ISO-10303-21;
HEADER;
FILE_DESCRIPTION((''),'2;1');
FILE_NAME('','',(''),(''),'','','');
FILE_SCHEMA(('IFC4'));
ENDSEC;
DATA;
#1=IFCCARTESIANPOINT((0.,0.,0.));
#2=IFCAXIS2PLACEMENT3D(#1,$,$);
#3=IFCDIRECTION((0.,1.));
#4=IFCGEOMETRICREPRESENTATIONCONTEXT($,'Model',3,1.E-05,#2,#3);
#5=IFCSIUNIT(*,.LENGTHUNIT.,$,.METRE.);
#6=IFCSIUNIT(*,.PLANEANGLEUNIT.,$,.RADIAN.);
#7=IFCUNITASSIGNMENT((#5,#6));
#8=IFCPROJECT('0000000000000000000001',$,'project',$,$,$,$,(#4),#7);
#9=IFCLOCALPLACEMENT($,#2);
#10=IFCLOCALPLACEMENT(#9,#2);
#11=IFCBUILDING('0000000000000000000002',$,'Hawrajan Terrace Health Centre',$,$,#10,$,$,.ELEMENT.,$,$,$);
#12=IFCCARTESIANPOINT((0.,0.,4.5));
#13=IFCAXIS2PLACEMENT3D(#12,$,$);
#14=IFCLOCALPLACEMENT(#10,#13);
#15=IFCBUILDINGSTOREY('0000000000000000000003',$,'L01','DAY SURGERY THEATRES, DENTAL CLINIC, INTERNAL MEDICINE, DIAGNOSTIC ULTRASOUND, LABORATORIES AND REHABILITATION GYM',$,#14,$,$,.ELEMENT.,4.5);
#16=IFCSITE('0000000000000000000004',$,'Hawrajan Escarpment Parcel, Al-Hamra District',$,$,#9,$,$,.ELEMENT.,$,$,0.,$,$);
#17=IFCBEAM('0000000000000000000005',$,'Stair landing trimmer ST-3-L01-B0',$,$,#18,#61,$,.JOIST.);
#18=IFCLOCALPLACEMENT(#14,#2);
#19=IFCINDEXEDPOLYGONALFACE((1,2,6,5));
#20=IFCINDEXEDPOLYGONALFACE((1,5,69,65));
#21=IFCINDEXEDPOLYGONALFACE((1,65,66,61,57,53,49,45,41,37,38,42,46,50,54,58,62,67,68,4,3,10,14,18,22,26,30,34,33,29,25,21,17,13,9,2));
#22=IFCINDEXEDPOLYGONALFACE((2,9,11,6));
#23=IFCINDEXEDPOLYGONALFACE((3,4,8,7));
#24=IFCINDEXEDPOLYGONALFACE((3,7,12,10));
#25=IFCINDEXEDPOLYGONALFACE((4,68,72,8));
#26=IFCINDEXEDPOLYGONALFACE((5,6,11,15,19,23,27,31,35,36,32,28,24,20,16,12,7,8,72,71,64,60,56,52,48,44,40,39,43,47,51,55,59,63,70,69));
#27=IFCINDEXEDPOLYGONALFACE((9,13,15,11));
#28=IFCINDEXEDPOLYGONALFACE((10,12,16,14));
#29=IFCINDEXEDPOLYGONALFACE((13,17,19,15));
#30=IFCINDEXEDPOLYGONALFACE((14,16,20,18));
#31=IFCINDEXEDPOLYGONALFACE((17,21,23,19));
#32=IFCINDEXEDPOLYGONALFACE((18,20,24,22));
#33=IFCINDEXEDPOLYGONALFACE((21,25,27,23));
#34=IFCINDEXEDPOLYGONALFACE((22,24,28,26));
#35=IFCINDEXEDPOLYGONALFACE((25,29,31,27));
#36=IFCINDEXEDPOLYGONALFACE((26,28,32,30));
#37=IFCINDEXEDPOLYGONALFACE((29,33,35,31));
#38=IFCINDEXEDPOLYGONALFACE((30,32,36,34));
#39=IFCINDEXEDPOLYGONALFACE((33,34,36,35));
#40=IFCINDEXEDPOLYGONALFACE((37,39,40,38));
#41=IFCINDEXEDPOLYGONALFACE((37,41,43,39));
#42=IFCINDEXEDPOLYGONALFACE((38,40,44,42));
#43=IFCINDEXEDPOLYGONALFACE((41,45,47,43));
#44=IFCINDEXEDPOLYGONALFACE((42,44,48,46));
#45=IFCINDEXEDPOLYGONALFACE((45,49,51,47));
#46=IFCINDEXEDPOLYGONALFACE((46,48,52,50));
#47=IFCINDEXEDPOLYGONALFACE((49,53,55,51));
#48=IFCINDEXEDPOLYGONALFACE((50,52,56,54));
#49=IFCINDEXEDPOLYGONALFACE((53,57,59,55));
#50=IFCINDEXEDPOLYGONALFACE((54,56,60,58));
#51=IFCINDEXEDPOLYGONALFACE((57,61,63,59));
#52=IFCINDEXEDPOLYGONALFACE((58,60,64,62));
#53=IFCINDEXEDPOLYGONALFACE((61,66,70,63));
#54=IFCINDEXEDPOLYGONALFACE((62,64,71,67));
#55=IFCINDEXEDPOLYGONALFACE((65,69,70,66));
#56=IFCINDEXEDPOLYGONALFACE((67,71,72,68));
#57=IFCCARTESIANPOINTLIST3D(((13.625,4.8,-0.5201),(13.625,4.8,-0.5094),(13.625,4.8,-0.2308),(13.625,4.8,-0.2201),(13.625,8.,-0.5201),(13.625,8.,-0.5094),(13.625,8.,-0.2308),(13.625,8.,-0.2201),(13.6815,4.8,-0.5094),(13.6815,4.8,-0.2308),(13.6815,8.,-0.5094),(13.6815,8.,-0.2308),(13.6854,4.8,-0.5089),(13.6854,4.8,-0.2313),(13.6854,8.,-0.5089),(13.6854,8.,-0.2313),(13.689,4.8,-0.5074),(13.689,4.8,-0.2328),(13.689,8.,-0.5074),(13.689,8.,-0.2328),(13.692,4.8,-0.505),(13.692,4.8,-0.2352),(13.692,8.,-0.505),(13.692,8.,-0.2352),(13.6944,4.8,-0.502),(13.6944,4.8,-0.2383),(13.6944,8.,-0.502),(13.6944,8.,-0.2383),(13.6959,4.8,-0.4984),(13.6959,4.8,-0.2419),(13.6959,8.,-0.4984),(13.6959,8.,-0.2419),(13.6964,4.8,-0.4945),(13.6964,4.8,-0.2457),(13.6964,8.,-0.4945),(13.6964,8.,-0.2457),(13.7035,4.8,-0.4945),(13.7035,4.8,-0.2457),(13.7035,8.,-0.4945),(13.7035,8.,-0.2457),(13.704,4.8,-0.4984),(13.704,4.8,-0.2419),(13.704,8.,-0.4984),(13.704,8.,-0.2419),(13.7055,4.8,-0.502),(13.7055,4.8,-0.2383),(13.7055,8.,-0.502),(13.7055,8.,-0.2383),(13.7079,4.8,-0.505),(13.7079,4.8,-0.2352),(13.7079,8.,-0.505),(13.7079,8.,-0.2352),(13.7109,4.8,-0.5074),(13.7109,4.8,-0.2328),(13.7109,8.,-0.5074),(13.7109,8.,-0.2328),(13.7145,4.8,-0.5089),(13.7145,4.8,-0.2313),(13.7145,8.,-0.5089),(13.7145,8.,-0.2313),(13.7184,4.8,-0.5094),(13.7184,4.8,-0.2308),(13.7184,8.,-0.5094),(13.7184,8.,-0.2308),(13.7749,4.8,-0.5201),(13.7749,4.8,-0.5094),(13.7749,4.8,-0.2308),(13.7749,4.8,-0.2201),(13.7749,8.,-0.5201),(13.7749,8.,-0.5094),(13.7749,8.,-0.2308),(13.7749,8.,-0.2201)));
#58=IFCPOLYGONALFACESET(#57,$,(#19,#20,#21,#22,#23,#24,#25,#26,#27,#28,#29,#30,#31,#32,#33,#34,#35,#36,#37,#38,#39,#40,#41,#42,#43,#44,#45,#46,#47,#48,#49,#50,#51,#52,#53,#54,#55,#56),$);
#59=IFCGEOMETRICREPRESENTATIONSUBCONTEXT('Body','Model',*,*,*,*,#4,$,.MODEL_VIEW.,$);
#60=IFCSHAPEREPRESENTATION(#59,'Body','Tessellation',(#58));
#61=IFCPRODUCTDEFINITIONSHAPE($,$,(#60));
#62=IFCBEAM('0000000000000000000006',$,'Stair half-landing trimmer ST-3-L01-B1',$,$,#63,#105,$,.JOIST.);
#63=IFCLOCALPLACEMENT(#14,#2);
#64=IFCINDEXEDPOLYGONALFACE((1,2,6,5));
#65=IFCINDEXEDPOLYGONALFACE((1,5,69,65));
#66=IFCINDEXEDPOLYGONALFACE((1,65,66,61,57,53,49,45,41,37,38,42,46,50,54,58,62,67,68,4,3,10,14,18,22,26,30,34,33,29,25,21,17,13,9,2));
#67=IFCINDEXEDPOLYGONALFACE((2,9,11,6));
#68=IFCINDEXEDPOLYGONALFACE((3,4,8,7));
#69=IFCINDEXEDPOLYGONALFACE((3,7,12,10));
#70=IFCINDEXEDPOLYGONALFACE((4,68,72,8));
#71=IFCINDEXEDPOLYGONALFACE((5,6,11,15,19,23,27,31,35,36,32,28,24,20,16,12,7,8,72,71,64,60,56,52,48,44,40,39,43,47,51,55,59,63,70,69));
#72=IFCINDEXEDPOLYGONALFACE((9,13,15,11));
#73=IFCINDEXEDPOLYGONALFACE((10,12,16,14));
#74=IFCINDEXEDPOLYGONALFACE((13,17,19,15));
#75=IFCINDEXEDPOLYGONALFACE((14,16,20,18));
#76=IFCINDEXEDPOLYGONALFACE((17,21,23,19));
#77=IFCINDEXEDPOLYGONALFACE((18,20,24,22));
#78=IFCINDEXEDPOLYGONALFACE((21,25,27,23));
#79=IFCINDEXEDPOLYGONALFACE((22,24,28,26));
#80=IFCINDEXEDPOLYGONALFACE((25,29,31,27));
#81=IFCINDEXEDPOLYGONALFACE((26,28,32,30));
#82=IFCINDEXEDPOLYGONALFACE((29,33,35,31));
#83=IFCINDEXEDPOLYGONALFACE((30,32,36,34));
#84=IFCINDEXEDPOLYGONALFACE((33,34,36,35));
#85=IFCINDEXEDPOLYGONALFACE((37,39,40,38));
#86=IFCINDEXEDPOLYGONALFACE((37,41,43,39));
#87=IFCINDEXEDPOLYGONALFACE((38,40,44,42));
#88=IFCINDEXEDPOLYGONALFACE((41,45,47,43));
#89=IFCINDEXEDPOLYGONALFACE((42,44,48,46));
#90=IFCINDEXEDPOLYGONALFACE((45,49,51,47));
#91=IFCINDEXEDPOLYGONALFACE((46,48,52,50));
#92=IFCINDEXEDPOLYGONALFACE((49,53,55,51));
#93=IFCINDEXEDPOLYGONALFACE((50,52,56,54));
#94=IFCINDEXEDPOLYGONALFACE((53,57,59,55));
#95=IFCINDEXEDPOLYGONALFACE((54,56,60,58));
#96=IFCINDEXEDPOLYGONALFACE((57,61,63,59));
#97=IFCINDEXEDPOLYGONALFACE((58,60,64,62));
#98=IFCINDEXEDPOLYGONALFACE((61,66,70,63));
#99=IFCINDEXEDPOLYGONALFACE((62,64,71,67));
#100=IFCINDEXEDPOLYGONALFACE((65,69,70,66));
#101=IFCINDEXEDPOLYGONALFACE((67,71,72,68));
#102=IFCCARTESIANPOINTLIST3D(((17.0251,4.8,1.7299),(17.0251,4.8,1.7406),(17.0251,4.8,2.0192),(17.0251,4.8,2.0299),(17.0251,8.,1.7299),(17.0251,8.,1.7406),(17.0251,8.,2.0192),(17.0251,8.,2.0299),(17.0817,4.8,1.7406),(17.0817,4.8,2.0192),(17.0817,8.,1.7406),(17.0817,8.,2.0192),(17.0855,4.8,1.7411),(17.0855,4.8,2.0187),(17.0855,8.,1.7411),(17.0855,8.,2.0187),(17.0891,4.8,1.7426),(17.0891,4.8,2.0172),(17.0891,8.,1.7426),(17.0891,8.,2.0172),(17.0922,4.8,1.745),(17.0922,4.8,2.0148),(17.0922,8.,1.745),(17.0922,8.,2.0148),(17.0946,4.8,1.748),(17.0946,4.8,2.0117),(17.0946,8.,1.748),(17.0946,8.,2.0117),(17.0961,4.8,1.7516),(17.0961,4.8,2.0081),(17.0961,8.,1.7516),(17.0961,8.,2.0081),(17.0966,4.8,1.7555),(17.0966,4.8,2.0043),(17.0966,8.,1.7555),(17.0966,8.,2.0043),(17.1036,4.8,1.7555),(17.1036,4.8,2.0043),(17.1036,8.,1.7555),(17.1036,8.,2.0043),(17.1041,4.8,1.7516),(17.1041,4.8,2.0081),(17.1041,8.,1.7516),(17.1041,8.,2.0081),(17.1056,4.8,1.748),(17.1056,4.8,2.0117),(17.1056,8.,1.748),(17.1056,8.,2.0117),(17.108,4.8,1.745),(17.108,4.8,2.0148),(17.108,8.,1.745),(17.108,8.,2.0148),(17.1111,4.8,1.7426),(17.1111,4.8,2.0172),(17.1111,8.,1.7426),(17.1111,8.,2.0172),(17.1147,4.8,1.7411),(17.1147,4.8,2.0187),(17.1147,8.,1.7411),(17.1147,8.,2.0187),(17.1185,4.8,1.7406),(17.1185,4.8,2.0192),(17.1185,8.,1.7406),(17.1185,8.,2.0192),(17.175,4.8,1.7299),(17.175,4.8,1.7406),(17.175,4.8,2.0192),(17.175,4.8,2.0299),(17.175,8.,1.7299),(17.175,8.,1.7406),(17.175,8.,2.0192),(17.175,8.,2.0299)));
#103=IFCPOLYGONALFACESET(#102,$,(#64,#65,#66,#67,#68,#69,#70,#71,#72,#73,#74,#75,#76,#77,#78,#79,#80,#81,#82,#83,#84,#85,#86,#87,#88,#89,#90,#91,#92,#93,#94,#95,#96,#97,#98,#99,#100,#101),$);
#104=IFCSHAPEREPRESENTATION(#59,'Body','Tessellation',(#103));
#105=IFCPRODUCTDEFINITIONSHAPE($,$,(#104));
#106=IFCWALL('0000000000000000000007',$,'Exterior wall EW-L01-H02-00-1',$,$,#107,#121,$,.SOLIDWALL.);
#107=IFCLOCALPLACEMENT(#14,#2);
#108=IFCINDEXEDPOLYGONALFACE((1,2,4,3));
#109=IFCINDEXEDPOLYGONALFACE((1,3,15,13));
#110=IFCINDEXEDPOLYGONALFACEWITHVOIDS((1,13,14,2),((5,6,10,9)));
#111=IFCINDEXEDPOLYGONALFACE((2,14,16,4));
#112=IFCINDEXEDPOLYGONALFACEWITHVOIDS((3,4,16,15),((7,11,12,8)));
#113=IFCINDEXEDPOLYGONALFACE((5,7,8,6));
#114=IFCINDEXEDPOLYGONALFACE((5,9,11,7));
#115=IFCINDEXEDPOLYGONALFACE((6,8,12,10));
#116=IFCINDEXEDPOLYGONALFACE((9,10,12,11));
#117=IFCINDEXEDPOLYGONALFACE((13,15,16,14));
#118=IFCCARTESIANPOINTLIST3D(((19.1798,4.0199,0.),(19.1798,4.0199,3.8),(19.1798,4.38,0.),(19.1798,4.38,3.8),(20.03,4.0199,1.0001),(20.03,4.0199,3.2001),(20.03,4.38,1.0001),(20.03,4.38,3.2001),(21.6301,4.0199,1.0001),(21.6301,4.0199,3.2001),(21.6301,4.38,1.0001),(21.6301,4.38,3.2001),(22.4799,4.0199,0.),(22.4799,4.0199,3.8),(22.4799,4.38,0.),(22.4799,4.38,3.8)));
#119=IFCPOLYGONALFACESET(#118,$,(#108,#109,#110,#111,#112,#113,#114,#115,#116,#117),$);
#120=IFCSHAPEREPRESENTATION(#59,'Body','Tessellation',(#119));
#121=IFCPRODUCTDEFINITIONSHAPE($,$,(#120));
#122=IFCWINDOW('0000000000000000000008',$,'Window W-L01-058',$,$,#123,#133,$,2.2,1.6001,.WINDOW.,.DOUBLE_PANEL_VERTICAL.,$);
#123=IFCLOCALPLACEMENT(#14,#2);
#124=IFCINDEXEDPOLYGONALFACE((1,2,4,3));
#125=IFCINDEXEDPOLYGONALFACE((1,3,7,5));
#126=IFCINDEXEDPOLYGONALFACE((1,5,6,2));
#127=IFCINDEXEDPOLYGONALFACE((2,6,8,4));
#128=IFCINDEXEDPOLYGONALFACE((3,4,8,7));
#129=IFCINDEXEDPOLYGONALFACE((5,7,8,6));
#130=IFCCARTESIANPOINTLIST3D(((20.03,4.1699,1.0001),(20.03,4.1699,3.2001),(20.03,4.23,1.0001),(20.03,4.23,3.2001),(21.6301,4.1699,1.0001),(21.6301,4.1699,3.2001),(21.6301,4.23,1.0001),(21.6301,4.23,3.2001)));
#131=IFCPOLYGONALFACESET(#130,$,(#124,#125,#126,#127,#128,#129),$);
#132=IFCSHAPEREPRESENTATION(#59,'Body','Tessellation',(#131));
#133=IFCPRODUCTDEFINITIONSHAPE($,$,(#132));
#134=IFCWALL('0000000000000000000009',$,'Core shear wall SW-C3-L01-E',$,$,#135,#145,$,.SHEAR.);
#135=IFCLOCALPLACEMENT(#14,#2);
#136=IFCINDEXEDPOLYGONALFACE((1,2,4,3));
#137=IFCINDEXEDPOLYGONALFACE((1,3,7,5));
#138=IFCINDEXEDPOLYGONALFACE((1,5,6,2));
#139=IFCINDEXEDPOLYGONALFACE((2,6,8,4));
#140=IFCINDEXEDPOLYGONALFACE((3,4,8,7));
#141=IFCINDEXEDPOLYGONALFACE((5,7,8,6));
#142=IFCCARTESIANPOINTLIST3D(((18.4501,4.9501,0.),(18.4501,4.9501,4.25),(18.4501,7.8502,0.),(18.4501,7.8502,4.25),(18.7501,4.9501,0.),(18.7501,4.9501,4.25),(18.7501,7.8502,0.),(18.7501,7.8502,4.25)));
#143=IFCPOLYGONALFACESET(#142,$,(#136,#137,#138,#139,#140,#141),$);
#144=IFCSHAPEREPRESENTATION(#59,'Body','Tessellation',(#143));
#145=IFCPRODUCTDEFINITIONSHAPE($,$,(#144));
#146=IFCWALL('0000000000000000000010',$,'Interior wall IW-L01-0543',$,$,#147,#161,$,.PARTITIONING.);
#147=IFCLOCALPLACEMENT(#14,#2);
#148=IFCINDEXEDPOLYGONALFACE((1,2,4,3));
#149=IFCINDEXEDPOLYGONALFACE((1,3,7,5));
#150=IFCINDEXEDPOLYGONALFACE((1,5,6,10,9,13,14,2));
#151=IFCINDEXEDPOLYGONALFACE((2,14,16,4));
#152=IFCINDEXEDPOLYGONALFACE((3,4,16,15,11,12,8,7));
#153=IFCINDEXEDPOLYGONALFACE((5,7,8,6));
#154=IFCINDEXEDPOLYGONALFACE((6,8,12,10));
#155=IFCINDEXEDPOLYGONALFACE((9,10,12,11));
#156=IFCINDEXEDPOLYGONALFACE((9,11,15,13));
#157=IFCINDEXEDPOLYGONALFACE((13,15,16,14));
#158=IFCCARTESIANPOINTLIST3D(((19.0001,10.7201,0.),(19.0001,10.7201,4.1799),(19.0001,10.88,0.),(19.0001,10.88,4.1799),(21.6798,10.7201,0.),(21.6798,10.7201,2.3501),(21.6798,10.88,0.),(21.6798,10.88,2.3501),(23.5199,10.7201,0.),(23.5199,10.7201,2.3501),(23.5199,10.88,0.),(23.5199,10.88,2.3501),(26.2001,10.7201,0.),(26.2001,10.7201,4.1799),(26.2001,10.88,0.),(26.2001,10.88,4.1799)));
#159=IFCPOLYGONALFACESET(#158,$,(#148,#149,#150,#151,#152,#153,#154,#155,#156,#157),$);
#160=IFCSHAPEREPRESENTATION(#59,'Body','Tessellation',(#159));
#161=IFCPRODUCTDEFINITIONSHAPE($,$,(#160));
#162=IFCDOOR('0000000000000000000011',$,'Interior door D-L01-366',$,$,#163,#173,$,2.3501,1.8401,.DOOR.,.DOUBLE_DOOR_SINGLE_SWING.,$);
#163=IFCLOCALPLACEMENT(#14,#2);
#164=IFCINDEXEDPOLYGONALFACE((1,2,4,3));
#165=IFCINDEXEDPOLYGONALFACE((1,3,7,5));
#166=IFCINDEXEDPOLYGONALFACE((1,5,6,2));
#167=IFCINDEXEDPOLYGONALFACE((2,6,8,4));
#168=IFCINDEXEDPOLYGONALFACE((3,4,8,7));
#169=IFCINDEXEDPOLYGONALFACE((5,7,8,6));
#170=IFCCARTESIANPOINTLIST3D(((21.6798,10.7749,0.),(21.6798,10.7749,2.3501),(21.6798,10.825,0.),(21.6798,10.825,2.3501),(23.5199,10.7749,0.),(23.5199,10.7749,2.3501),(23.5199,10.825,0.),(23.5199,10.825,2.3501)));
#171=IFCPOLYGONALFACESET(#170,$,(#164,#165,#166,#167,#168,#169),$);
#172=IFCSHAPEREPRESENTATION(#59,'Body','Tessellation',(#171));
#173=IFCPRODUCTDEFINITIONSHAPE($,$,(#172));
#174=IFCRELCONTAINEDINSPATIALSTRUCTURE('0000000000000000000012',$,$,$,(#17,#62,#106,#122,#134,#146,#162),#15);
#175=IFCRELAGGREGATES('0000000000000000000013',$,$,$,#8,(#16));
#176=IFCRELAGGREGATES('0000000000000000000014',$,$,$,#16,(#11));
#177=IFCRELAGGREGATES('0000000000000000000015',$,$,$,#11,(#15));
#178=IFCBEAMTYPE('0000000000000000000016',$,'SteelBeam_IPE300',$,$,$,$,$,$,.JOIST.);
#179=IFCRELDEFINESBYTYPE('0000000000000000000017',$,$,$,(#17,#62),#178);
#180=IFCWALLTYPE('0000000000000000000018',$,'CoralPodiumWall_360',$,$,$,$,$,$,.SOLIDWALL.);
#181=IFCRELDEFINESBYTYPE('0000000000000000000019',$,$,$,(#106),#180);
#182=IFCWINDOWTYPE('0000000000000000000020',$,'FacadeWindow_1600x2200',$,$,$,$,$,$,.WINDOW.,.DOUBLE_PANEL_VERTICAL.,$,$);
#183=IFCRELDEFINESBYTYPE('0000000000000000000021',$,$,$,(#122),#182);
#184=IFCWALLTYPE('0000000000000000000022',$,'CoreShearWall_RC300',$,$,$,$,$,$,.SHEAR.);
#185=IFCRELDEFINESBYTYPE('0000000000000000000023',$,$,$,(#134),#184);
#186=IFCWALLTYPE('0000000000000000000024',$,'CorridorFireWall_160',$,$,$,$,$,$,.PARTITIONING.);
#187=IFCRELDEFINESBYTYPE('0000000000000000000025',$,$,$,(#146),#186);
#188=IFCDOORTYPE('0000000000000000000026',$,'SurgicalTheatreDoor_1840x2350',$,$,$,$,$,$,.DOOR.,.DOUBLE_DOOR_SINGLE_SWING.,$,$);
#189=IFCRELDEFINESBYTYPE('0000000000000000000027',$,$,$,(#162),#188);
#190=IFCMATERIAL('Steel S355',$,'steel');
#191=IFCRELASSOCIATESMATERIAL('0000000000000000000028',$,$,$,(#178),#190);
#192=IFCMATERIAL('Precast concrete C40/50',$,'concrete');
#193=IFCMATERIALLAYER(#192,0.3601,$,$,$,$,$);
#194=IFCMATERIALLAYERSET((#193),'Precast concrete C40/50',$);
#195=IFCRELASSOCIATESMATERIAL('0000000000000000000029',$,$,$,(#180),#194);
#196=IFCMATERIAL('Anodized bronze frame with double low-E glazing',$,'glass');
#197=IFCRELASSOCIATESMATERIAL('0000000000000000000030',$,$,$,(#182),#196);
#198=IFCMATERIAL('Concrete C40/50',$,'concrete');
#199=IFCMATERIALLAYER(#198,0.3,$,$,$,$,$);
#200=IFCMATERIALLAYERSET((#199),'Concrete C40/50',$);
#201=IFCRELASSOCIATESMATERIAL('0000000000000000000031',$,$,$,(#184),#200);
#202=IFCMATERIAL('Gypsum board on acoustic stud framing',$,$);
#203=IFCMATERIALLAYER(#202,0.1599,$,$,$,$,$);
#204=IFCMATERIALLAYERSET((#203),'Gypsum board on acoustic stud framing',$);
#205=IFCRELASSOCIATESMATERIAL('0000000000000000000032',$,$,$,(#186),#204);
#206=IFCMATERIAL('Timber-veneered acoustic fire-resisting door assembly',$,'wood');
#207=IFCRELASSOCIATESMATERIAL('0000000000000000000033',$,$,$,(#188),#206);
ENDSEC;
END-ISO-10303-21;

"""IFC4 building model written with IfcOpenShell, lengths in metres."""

from ifc_helpers import new_model, si_unit, direction, frame, frame_2d, origin, origin_2d, place, context, subcontext, project, spatial, rectangle, i_section, extrude, material, layer, layer_set, material_profile, profile_set, type_object, element, fill, save


model = new_model("IFC4")

# Units and contexts
model_context = context("Model", 3, precision=1e-05, world=origin(), true_north=direction((0.0, 1.0)))
body_context = subcontext(model_context, "Body", "Model", "MODEL_VIEW")
ifc_project = project(units=[si_unit("LENGTHUNIT", "METRE"), si_unit("PLANEANGLEUNIT", "RADIAN")], contexts=[model_context])

# Site, building, storey
site_placement = place(None, origin())
site = spatial("IfcSite", under=ifc_project, at=site_placement, Name="Hawrajan Escarpment Parcel, Al-Hamra District", CompositionType="ELEMENT", RefElevation=0.0)
building_placement = place(site_placement, origin())
building = spatial("IfcBuilding", under=site, at=building_placement, Name="Hawrajan Terrace Health Centre", CompositionType="ELEMENT")
storey_placement = place(building_placement, frame((0.0, 0.0, 4.5)))
storey = spatial("IfcBuildingStorey", under=building, at=storey_placement, Name="L01", Description="DAY SURGERY THEATRES, DENTAL CLINIC, INTERNAL MEDICINE, DIAGNOSTIC ULTRASOUND, LABORATORIES AND REHABILITATION GYM", CompositionType="ELEMENT", Elevation=4.5)

# Beams
ifc_material_1 = material(Name="Concrete C40/50", Category="concrete")
ifc_material_2 = material(Name="Steel S355", Category="steel")
ifc_material_profile_1 = material_profile(ifc_material_2, i_section(OverallWidth=0.1499, OverallDepth=0.3, WebThickness=0.0071, FlangeThickness=0.0107, FilletRadius=0.0149, at=origin_2d()), Name="IPE 300")
ifc_profile_set_1 = profile_set([ifc_material_profile_1], Name="Steel S355")
beam_type_1 = type_object("IfcBeamType", Name="SteelBeam_IPE300", PredefinedType="JOIST", material=ifc_profile_set_1)
for number, where, z_axis, x_axis, name in (
    (1, (13.7, 4.8, -0.3701), (0.0, 1.0, 0.0), (-1.0, 0.0, 0.0), "Stair landing trimmer ST-3-L01-B0"),
    (2, (17.1001, 4.8, 1.8799), (0.0, 1.0, 0.0), (-1.0, 0.0, 0.0), "Stair half-landing trimmer ST-3-L01-B1"),
):
    element("IfcBeam", number, at=place(storey_placement, frame(where, z_axis=z_axis, x_axis=x_axis)), inside=storey, type_object=beam_type_1, Name=name, PredefinedType="JOIST", context=body_context, shape_type="SweptSolid", body=[
        extrude(i_section(OverallWidth=0.1499, OverallDepth=0.3, WebThickness=0.0071, FlangeThickness=0.0107, FilletRadius=0.0149, at=origin_2d()), origin(), (0.0, 0.0, 1.0), 3.2),
    ])

# Wall, opening, window
ifc_material_3 = material(Name="Precast concrete C40/50", Category="concrete")
ifc_layer_1 = layer(ifc_material_3, 0.3601)
ifc_layer_set_1 = layer_set([ifc_layer_1], Name="Precast concrete C40/50")
wall_type_1 = type_object("IfcWallType", Name="CoralPodiumWall_360", PredefinedType="SOLIDWALL", material=ifc_layer_set_1)
wall_1_placement = place(storey_placement, frame((19.1799, 4.2, 0.0), z_axis=(0.0, 0.0, 1.0), x_axis=(1.0, 0.0, 0.0)))
wall_1 = element("IfcWall", 3, at=wall_1_placement, inside=storey, type_object=wall_type_1, Name="Exterior wall EW-L01-H02-00-1", PredefinedType="SOLIDWALL", context=body_context, shape_type="SweptSolid", body=[
    extrude(rectangle(XDim=3.3, YDim=0.3601, at=frame_2d((1.6499, 0.0))), origin(), (0.0, 0.0, 1.0), 3.8),
])
opening_1_placement = place(wall_1_placement, frame((0.8501, 0.0, 1.0)))
opening_1 = element("IfcOpeningElement", 4, at=opening_1_placement, cuts=wall_1, PredefinedType="OPENING", context=body_context, shape_type="SweptSolid", body=[
    extrude(rectangle(XDim=1.6001, YDim=2.2, at=frame_2d((0.8, 1.1001))), frame((0.0, 0.1899, 0.0), z_axis=(0.0, -1.0, 0.0), x_axis=(1.0, 0.0, 0.0)), (0.0, 0.0, 1.0), 0.3801),
])
ifc_material_4 = material(Name="Anodized bronze frame with double low-E glazing", Category="glass")
window_type = type_object("IfcWindowType", Name="FacadeWindow_1600x2200", PartitioningType="DOUBLE_PANEL_VERTICAL", PredefinedType="WINDOW", material=ifc_material_4)
window_placement = place(opening_1_placement, origin())
window = element("IfcWindow", 5, at=window_placement, inside=storey, type_object=window_type, Name="Window W-L01-058", OverallHeight=2.2, OverallWidth=1.6001, PartitioningType="DOUBLE_PANEL_VERTICAL", PredefinedType="WINDOW", context=body_context, shape_type="SweptSolid", body=[
    extrude(rectangle(XDim=1.6001, YDim=2.2, at=frame_2d((0.8, 1.1001))), frame((0.0, 0.03, 0.0), z_axis=(0.0, -1.0, 0.0), x_axis=(1.0, 0.0, 0.0)), (0.0, 0.0, 1.0), 0.0601),
])
fill(opening_1, window)

# Wall
ifc_layer_2 = layer(ifc_material_1, 0.3)
ifc_layer_set_2 = layer_set([ifc_layer_2], Name="Concrete C40/50")
wall_type_2 = type_object("IfcWallType", Name="CoreShearWall_RC300", PredefinedType="SHEAR", material=ifc_layer_set_2)
wall_2_placement = place(storey_placement, frame((18.6001, 4.95, 0.0), z_axis=(0.0, 0.0, 1.0), x_axis=(0.0, 1.0, 0.0)))
element("IfcWall", 6, at=wall_2_placement, inside=storey, type_object=wall_type_2, Name="Core shear wall SW-C3-L01-E", PredefinedType="SHEAR", context=body_context, shape_type="SweptSolid", body=[
    extrude(rectangle(XDim=2.9001, YDim=0.3, at=frame_2d((1.4502, 0.0))), origin(), (0.0, 0.0, 1.0), 4.25),
])

# Wall, opening, door
ifc_material_5 = material(Name="Gypsum board on acoustic stud framing")
ifc_layer_3 = layer(ifc_material_5, 0.1599)
ifc_layer_set_3 = layer_set([ifc_layer_3], Name="Gypsum board on acoustic stud framing")
wall_type_3 = type_object("IfcWallType", Name="CorridorFireWall_160", PredefinedType="PARTITIONING", material=ifc_layer_set_3)
wall_3_placement = place(storey_placement, frame((19.0, 10.8, 0.0), z_axis=(0.0, 0.0, 1.0), x_axis=(1.0, 0.0, 0.0)))
wall_3 = element("IfcWall", 7, at=wall_3_placement, inside=storey, type_object=wall_type_3, Name="Interior wall IW-L01-0543", PredefinedType="PARTITIONING", context=body_context, shape_type="SweptSolid", body=[
    extrude(rectangle(XDim=7.2, YDim=0.1599, at=frame_2d((3.6001, 0.0))), origin(), (0.0, 0.0, 1.0), 4.1799),
])
opening_2_placement = place(wall_3_placement, frame((2.6799, 0.0, 0.0)))
opening_2 = element("IfcOpeningElement", 8, at=opening_2_placement, cuts=wall_3, PredefinedType="OPENING", context=body_context, shape_type="SweptSolid", body=[
    extrude(rectangle(XDim=1.8401, YDim=2.3501, at=frame_2d((0.9199, 1.175))), frame((0.0, 0.0898, 0.0), z_axis=(0.0, -1.0, 0.0), x_axis=(1.0, 0.0, 0.0)), (0.0, 0.0, 1.0), 0.1799),
])
ifc_material_6 = material(Name="Timber-veneered acoustic fire-resisting door assembly", Category="wood")
door_type_1 = type_object("IfcDoorType", Name="SurgicalTheatreDoor_1840x2350", OperationType="DOUBLE_DOOR_SINGLE_SWING", PredefinedType="DOOR", material=ifc_material_6)
door_1_placement = place(opening_2_placement, origin())
door_1 = element("IfcDoor", 9, at=door_1_placement, inside=storey, type_object=door_type_1, Name="Interior door D-L01-366", OperationType="DOUBLE_DOOR_SINGLE_SWING", OverallHeight=2.3501, OverallWidth=1.8401, PredefinedType="DOOR", context=body_context, shape_type="SweptSolid", body=[
    extrude(rectangle(XDim=1.8401, YDim=2.3501, at=frame_2d((0.9199, 1.175))), frame((0.0, 0.0249, 0.0), z_axis=(0.0, -1.0, 0.0), x_axis=(1.0, 0.0, 0.0)), (0.0, 0.0, 1.0), 0.05),
])
fill(opening_2, door_1)

save(model, "model.ifc")
